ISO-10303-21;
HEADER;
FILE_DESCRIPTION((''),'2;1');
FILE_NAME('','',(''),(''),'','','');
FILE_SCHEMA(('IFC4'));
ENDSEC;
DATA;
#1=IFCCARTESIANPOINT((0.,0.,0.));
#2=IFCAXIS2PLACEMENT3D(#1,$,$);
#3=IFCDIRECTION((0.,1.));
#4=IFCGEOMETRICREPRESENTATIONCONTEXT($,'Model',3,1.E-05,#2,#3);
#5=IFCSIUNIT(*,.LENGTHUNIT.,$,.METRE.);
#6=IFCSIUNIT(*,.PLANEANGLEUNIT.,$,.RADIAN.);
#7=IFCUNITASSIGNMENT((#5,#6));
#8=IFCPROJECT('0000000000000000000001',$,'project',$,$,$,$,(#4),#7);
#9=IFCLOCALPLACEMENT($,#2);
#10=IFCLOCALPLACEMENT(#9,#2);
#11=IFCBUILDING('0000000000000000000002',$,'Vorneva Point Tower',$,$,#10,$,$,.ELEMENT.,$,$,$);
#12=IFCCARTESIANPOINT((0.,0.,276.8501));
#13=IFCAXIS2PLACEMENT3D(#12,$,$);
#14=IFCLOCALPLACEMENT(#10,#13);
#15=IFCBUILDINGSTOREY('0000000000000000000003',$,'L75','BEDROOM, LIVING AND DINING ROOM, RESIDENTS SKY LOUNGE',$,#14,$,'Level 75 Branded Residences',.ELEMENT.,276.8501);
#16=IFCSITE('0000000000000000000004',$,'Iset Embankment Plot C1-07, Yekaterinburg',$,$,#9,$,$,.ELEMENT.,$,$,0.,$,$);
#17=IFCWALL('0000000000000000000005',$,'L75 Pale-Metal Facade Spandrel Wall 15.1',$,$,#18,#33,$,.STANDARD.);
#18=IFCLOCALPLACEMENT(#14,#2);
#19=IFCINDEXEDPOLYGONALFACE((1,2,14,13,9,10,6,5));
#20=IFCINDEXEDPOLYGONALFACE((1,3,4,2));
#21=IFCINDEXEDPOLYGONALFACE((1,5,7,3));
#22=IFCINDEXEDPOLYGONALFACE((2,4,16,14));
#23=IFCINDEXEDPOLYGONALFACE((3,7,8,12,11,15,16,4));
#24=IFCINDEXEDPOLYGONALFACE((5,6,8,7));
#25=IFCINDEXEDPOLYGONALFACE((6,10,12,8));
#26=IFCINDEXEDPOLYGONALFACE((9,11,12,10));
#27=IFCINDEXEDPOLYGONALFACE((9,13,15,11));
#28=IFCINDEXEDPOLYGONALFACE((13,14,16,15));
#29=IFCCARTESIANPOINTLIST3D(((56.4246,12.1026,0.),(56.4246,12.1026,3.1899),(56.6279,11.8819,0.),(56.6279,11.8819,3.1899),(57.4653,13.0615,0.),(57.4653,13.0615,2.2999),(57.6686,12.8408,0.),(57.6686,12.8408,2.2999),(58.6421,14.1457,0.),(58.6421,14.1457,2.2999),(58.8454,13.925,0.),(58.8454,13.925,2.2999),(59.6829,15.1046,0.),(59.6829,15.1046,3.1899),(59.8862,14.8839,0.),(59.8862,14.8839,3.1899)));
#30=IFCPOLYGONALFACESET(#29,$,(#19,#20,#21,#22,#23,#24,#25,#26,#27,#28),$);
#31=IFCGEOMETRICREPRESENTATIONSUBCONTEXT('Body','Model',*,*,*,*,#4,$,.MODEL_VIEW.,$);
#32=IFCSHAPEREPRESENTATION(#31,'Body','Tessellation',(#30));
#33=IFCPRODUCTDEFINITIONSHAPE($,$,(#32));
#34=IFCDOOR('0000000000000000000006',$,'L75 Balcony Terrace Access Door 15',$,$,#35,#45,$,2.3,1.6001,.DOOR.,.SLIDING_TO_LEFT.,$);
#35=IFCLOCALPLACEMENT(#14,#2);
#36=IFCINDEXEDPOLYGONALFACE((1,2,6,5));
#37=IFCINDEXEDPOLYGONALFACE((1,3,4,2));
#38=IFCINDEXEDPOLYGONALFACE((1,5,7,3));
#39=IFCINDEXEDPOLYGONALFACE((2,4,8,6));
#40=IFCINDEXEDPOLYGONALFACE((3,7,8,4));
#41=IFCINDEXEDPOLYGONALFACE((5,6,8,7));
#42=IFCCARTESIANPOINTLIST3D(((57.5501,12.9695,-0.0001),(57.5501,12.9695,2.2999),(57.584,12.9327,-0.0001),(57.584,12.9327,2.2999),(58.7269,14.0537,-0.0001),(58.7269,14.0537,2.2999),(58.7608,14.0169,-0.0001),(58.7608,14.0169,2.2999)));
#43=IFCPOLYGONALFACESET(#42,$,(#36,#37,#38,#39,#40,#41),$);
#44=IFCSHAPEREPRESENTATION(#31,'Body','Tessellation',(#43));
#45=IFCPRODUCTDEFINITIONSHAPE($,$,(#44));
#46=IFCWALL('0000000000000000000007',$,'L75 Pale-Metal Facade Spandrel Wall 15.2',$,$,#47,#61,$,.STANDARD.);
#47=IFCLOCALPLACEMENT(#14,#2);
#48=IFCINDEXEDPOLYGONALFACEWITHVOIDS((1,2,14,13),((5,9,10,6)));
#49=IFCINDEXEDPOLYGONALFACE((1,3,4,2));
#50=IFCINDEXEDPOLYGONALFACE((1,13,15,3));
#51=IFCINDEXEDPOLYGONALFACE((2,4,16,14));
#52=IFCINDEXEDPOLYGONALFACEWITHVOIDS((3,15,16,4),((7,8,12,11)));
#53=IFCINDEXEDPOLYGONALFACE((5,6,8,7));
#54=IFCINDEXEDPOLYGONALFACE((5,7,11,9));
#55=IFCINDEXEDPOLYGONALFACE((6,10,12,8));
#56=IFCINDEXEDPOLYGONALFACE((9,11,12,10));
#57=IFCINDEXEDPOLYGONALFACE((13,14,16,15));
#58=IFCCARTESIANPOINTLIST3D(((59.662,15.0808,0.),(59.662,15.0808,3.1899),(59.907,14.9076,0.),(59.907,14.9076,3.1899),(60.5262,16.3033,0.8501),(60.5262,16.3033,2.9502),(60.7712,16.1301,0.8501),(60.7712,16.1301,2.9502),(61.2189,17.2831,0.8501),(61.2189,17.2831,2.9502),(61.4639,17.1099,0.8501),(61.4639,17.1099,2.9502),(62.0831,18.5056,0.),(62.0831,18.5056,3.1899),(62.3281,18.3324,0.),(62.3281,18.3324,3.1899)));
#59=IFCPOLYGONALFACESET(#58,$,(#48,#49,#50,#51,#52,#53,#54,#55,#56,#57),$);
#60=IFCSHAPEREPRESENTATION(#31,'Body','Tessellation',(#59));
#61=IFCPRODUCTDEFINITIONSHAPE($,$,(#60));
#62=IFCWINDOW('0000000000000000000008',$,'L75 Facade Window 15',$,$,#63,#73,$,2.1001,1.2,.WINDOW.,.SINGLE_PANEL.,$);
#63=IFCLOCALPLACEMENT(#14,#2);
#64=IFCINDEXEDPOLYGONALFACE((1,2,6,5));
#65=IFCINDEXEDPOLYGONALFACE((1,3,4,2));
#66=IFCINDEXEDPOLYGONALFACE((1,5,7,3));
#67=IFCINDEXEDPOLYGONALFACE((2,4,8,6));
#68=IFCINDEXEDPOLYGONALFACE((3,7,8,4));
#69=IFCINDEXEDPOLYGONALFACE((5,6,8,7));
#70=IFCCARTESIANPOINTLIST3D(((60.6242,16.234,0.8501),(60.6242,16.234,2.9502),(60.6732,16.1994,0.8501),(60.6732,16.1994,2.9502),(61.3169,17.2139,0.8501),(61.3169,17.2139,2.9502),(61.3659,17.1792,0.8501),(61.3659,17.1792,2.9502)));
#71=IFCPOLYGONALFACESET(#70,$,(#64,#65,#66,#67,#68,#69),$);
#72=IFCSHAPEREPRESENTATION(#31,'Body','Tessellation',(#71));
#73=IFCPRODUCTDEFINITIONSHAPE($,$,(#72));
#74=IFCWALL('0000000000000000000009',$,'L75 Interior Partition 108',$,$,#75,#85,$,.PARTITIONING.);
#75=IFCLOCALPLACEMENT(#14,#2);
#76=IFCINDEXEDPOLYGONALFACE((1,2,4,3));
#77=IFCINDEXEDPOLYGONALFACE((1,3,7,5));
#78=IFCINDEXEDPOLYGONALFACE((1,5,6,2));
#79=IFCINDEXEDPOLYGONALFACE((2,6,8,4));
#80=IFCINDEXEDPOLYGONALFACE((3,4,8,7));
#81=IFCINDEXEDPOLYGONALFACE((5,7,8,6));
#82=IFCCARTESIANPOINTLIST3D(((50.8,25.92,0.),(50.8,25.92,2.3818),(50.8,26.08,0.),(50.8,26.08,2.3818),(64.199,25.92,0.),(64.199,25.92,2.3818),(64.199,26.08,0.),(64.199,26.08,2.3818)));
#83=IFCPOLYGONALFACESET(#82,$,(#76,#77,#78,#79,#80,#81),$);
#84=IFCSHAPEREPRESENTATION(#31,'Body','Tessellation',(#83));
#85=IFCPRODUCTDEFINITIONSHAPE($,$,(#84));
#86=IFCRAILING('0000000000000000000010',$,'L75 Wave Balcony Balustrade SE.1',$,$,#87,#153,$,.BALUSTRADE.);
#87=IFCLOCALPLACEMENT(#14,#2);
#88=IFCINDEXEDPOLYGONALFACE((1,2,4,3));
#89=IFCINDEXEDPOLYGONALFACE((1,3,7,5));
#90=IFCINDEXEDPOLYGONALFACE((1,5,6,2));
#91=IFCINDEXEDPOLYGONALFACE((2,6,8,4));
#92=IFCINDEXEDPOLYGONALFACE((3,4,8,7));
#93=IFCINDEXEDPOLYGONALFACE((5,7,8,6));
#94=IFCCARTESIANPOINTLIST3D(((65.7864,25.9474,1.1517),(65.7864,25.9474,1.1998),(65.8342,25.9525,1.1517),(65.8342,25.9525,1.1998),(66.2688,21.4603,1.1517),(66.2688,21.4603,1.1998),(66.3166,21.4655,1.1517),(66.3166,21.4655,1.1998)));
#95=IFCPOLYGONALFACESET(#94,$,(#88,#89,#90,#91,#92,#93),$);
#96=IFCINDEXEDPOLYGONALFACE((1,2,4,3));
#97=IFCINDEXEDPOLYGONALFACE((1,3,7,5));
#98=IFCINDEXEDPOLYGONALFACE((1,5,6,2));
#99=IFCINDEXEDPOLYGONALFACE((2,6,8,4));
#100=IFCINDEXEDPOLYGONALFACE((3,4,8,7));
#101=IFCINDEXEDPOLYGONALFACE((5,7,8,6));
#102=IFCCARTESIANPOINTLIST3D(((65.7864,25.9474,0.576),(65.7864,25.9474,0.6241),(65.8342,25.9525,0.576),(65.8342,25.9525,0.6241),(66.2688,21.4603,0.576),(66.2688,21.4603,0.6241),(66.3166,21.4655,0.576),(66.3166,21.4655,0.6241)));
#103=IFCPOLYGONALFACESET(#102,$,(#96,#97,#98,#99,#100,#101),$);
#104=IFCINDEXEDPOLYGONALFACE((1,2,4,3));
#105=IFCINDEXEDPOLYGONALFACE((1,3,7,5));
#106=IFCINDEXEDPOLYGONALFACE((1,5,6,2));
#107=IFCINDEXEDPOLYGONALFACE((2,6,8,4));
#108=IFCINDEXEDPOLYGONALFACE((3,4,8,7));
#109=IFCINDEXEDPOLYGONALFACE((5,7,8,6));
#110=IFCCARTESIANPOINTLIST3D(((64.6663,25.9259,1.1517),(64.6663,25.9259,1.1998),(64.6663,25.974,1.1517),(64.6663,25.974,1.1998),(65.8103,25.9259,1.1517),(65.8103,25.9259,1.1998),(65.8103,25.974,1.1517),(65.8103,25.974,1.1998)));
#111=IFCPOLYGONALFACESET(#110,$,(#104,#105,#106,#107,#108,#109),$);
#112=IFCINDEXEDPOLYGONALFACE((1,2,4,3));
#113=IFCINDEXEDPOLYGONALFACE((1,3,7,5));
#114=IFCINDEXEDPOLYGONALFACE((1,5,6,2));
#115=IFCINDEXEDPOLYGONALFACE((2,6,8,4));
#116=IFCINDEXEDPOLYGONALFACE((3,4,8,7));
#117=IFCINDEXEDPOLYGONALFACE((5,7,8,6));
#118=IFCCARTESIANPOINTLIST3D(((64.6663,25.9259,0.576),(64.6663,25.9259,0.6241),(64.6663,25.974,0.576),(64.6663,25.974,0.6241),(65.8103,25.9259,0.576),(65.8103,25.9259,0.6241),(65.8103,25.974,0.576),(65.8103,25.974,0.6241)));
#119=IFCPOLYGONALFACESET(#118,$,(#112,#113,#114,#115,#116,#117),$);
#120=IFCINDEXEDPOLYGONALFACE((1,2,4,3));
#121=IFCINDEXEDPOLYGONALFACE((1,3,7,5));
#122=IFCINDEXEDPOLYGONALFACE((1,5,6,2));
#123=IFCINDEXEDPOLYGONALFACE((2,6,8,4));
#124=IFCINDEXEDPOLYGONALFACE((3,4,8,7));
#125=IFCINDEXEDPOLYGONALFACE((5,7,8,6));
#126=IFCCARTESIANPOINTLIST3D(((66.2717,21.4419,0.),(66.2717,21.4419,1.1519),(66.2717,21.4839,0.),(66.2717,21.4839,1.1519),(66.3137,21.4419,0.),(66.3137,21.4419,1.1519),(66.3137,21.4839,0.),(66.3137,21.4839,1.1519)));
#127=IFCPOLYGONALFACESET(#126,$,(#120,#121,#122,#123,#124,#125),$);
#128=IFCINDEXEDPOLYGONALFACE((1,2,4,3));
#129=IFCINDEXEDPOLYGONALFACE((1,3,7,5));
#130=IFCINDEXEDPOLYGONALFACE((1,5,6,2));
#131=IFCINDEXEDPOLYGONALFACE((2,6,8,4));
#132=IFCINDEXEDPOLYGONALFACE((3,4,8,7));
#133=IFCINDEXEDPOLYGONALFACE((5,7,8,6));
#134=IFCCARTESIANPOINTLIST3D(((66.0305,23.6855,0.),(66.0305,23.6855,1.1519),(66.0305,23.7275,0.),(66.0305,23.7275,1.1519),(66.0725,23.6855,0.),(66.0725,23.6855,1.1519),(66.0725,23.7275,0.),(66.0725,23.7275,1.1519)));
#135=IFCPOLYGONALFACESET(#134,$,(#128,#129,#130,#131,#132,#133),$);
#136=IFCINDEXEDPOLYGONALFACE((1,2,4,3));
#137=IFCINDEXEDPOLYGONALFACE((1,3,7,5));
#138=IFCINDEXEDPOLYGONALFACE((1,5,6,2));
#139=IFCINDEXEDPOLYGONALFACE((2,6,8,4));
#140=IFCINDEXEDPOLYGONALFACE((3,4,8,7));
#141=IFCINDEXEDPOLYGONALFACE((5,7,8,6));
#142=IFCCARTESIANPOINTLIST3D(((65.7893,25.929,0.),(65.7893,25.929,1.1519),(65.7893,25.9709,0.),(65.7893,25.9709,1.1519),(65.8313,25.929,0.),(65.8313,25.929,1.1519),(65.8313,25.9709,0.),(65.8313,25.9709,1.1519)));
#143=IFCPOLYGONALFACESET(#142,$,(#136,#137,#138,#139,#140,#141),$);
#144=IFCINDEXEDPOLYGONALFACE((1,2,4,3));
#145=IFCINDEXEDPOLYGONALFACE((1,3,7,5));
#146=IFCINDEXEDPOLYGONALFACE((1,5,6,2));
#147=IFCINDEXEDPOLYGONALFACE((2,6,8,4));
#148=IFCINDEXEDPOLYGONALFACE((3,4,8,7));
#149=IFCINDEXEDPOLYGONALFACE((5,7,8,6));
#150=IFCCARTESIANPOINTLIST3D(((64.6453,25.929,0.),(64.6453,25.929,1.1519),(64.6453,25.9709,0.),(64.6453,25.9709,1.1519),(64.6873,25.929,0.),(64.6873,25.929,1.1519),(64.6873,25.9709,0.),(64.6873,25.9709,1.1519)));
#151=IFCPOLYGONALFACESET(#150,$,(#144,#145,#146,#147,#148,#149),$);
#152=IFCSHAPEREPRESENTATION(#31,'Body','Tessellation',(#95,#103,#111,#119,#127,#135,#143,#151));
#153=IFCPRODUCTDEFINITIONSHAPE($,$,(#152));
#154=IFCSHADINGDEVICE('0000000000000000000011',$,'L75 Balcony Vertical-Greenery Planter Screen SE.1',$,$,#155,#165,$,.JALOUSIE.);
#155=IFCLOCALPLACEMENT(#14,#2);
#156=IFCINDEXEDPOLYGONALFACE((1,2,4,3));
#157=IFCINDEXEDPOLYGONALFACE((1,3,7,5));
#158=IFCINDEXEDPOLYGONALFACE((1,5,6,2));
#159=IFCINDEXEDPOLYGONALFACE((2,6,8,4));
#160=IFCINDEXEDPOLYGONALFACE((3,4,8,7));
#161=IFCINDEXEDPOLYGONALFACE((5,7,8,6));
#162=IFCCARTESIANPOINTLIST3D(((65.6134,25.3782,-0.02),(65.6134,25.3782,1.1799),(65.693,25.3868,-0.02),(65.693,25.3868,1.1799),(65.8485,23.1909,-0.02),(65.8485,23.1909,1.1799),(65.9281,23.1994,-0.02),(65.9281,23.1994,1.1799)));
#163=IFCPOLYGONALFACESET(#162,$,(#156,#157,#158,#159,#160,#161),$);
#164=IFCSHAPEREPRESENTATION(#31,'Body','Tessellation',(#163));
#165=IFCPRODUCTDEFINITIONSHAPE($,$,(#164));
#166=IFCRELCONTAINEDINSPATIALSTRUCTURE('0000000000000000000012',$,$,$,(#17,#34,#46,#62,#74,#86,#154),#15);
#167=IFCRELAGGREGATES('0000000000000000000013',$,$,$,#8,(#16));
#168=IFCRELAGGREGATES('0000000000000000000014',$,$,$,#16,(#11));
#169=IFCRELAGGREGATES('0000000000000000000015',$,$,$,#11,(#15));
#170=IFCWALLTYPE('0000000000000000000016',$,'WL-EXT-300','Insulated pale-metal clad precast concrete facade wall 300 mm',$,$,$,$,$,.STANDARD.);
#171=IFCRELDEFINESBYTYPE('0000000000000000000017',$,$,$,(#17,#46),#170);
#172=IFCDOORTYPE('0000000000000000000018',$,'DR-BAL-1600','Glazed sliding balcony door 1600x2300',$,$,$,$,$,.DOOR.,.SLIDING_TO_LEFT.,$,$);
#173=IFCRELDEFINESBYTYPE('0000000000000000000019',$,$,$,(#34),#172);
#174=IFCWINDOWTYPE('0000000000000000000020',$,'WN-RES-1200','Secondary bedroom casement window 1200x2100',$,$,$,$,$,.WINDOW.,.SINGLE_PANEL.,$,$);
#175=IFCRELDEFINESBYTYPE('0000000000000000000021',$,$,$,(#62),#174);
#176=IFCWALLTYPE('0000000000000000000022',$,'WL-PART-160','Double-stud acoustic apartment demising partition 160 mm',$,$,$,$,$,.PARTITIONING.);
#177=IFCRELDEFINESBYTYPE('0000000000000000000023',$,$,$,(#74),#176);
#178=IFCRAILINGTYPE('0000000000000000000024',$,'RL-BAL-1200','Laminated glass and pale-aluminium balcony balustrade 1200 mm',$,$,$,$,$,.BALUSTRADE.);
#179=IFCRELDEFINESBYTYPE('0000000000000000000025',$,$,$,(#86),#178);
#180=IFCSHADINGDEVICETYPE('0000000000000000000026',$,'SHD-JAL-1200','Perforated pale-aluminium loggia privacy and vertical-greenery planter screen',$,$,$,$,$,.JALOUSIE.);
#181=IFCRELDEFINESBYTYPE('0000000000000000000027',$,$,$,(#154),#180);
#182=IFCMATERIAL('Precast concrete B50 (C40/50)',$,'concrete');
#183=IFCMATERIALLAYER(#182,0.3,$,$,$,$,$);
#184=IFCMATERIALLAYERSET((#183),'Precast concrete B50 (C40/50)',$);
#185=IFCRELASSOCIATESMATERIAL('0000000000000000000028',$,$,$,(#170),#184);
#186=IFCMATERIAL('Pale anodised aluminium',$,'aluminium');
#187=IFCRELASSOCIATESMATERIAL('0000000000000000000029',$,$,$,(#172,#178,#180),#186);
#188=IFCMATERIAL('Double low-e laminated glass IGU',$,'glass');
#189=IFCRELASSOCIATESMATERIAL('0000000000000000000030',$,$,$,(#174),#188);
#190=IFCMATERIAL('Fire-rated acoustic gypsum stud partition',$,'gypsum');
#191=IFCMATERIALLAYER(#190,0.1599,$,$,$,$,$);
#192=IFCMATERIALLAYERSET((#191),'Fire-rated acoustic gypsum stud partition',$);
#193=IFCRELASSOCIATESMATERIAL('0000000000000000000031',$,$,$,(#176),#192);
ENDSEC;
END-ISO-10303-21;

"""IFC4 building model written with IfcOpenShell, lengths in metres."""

from ifc_helpers import new_model, si_unit, direction, frame, frame_2d, origin, origin_2d, place, context, subcontext, project, spatial, rectangle, extrude, material, layer, layer_set, type_object, element, fill, save


model = new_model("IFC4")

# Units and contexts
model_context = context("Model", 3, precision=1e-05, world=origin(), true_north=direction((0.0, 1.0)))
body_context = subcontext(model_context, "Body", "Model", "MODEL_VIEW")
ifc_project = project(units=[si_unit("LENGTHUNIT", "METRE"), si_unit("PLANEANGLEUNIT", "RADIAN")], contexts=[model_context])

# Site, building, storey
site_placement = place(None, origin())
site = spatial("IfcSite", under=ifc_project, at=site_placement, Name="Iset Embankment Plot C1-07, Yekaterinburg", CompositionType="ELEMENT", RefElevation=0.0)
building_placement = place(site_placement, origin())
building = spatial("IfcBuilding", under=site, at=building_placement, Name="Vorneva Point Tower", CompositionType="ELEMENT")
storey_placement = place(building_placement, frame((0.0, 0.0, 276.8501)))
storey = spatial("IfcBuildingStorey", under=building, at=storey_placement, Name="L75", Description="BEDROOM, LIVING AND DINING ROOM, RESIDENTS SKY LOUNGE", LongName="Level 75 Branded Residences", CompositionType="ELEMENT", Elevation=276.8501)

# Shared definitions
ifc_material_1 = material(Name="Pale anodised aluminium", Category="aluminium")

# Shared definitions
ifc_material_2 = material(Name="Double low-e laminated glass IGU", Category="glass")

# Wall, opening, door
ifc_material_3 = material(Name="Precast concrete B50 (C40/50)", Category="concrete")
ifc_layer_1 = layer(ifc_material_3, 0.3)
ifc_layer_set_1 = layer_set([ifc_layer_1], Name="Precast concrete B50 (C40/50)")
wall_type_1 = type_object("IfcWallType", Name="WL-EXT-300", Description="Insulated pale-metal clad precast concrete facade wall 300 mm", PredefinedType="STANDARD", material=ifc_layer_set_1)
wall_1_placement = place(storey_placement, frame((56.5261, 11.9922, 0.0), z_axis=(0.0, 0.0, 1.0), x_axis=(0.735445, 0.677584, 0.0)))
wall_1 = element("IfcWall", 1, at=wall_1_placement, inside=storey, type_object=wall_type_1, Name="L75 Pale-Metal Facade Spandrel Wall 15.1", PredefinedType="STANDARD", context=body_context, shape_type="SweptSolid", body=[
    extrude(rectangle(XDim=4.4304, YDim=0.3, at=frame_2d((2.2153, 0.0))), origin(), (0.0, 0.0, 1.0), 3.1899),
])
opening_1_placement = place(wall_1_placement, frame((1.4153, 0.0, 0.0)))
opening_1 = element("IfcOpeningElement", 2, at=opening_1_placement, cuts=wall_1, PredefinedType="OPENING", context=body_context, shape_type="SweptSolid", body=[
    extrude(rectangle(XDim=1.6001, YDim=2.3, at=frame_2d((0.8, 1.1499))), frame((0.0, 0.165, 0.0), z_axis=(0.0, -1.0, 0.0), x_axis=(1.0, 0.0, 0.0)), (0.0, 0.0, 1.0), 0.3298),
])
door_type = type_object("IfcDoorType", Name="DR-BAL-1600", Description="Glazed sliding balcony door 1600x2300", OperationType="SLIDING_TO_LEFT", PredefinedType="DOOR", material=ifc_material_1)
door_placement = place(opening_1_placement, origin())
door = element("IfcDoor", 3, at=door_placement, inside=storey, type_object=door_type, Name="L75 Balcony Terrace Access Door 15", OperationType="SLIDING_TO_LEFT", OverallHeight=2.3, OverallWidth=1.6001, PredefinedType="DOOR", context=body_context, shape_type="SweptSolid", body=[
    extrude(rectangle(XDim=1.6001, YDim=2.3, at=frame_2d((0.8, 1.1499))), frame((0.0, 0.0249, 0.0), z_axis=(0.0, -1.0, 0.0), x_axis=(1.0, 0.0, 0.0)), (0.0, 0.0, 1.0), 0.05),
])
fill(opening_1, door)

# Wall, opening, window
wall_2_placement = place(storey_placement, frame((59.7844, 14.9941, 0.0), z_axis=(0.0, 0.0, 1.0), x_axis=(0.577261, 0.81656, 0.0)))
wall_2 = element("IfcWall", 4, at=wall_2_placement, inside=storey, type_object=wall_type_1, Name="L75 Pale-Metal Facade Spandrel Wall 15.2", PredefinedType="STANDARD", context=body_context, shape_type="SweptSolid", body=[
    extrude(rectangle(XDim=4.1941, YDim=0.3, at=frame_2d((2.0972, 0.0))), origin(), (0.0, 0.0, 1.0), 3.1899),
])
opening_2_placement = place(wall_2_placement, frame((1.4971, 0.0, 0.8501)))
opening_2 = element("IfcOpeningElement", 5, at=opening_2_placement, cuts=wall_2, PredefinedType="OPENING", context=body_context, shape_type="SweptSolid", body=[
    extrude(rectangle(XDim=1.2, YDim=2.1001, at=frame_2d((0.6001, 1.05))), frame((0.0, 0.165, 0.0), z_axis=(0.0, -1.0, 0.0), x_axis=(1.0, 0.0, 0.0)), (0.0, 0.0, 1.0), 0.3298),
])
window_type = type_object("IfcWindowType", Name="WN-RES-1200", Description="Secondary bedroom casement window 1200x2100", PartitioningType="SINGLE_PANEL", PredefinedType="WINDOW", material=ifc_material_2)
window_placement = place(opening_2_placement, origin())
window = element("IfcWindow", 6, at=window_placement, inside=storey, type_object=window_type, Name="L75 Facade Window 15", OverallHeight=2.1001, OverallWidth=1.2, PartitioningType="SINGLE_PANEL", PredefinedType="WINDOW", context=body_context, shape_type="SweptSolid", body=[
    extrude(rectangle(XDim=1.2, YDim=2.1001, at=frame_2d((0.6001, 1.05))), frame((0.0, 0.03, 0.0), z_axis=(0.0, -1.0, 0.0), x_axis=(1.0, 0.0, 0.0)), (0.0, 0.0, 1.0), 0.0601),
])
fill(opening_2, window)

# Wall
ifc_material_4 = material(Name="Fire-rated acoustic gypsum stud partition", Category="gypsum")
ifc_layer_2 = layer(ifc_material_4, 0.1599)
ifc_layer_set_2 = layer_set([ifc_layer_2], Name="Fire-rated acoustic gypsum stud partition")
wall_type_2 = type_object("IfcWallType", Name="WL-PART-160", Description="Double-stud acoustic apartment demising partition 160 mm", PredefinedType="PARTITIONING", material=ifc_layer_set_2)
wall_3_placement = place(storey_placement, frame((64.199, 26.0, 0.0), z_axis=(0.0, 0.0, 1.0), x_axis=(-1.0, 0.0, 0.0)))
element("IfcWall", 7, at=wall_3_placement, inside=storey, type_object=wall_type_2, Name="L75 Interior Partition 108", PredefinedType="PARTITIONING", context=body_context, shape_type="SweptSolid", body=[
    extrude(rectangle(XDim=13.3989, YDim=0.1599, at=frame_2d((6.6995, 0.0))), origin(), (0.0, 0.0, 1.0), 2.3818),
])

# Railing
railing_type = type_object("IfcRailingType", Name="RL-BAL-1200", Description="Laminated glass and pale-aluminium balcony balustrade 1200 mm", PredefinedType="BALUSTRADE", material=ifc_material_1)
railing_placement = place(storey_placement, frame((66.2927, 21.4629, 0.0)))
element("IfcRailing", 8, at=railing_placement, inside=storey, type_object=railing_type, Name="L75 Wave Balcony Balustrade SE.1", PredefinedType="BALUSTRADE", context=body_context, shape_type="SweptSolid", body=[
    extrude(rectangle(XDim=0.0481, YDim=0.0481, at=origin_2d()), frame((0.0, 0.0, 1.1758), z_axis=(-0.106898, 0.99427, 0.0), x_axis=(-0.99427, -0.106898, 0.0)), (0.0, 0.0, 1.0), 4.5129),
    extrude(rectangle(XDim=0.0481, YDim=0.0481, at=origin_2d()), frame((0.0, 0.0, 0.6001), z_axis=(-0.106898, 0.99427, 0.0), x_axis=(-0.99427, -0.106898, 0.0)), (0.0, 0.0, 1.0), 4.5129),
    extrude(rectangle(XDim=0.0481, YDim=0.0481, at=origin_2d()), frame((-0.4824, 4.4871, 1.1758), z_axis=(-1.0, 0.0, 0.0), x_axis=(0.0, -1.0, 0.0)), (0.0, 0.0, 1.0), 1.144),
    extrude(rectangle(XDim=0.0481, YDim=0.0481, at=origin_2d()), frame((-0.4824, 4.4871, 0.6001), z_axis=(-1.0, 0.0, 0.0), x_axis=(0.0, -1.0, 0.0)), (0.0, 0.0, 1.0), 1.144),
    extrude(rectangle(XDim=0.042, YDim=0.042, at=origin_2d()), origin(), (0.0, 0.0, 1.0), 1.1519),
    extrude(rectangle(XDim=0.042, YDim=0.042, at=origin_2d()), frame((-0.2412, 2.2437, 0.0)), (0.0, 0.0, 1.0), 1.1519),
    extrude(rectangle(XDim=0.042, YDim=0.042, at=origin_2d()), frame((-0.4824, 4.4871, 0.0)), (0.0, 0.0, 1.0), 1.1519),
    extrude(rectangle(XDim=0.042, YDim=0.042, at=origin_2d()), frame((-1.6265, 4.4871, 0.0)), (0.0, 0.0, 1.0), 1.1519),
])

# Shading device
shading_device_type = type_object("IfcShadingDeviceType", Name="SHD-JAL-1200", Description="Perforated pale-aluminium loggia privacy and vertical-greenery planter screen", PredefinedType="JALOUSIE", material=ifc_material_1)
shading_device_placement = place(storey_placement, frame((65.7708, 24.2888, -0.02), z_axis=(0.0, 0.0, 1.0), x_axis=(-0.106871, 0.994273, 0.0)))
element("IfcShadingDevice", 9, at=shading_device_placement, inside=storey, type_object=shading_device_type, Name="L75 Balcony Vertical-Greenery Planter Screen SE.1", PredefinedType="JALOUSIE", context=body_context, shape_type="SweptSolid", body=[
    extrude(rectangle(XDim=2.2, YDim=0.0801, at=origin_2d()), origin(), (0.0, 0.0, 1.0), 1.2),
])

save(model, "model.ifc")
